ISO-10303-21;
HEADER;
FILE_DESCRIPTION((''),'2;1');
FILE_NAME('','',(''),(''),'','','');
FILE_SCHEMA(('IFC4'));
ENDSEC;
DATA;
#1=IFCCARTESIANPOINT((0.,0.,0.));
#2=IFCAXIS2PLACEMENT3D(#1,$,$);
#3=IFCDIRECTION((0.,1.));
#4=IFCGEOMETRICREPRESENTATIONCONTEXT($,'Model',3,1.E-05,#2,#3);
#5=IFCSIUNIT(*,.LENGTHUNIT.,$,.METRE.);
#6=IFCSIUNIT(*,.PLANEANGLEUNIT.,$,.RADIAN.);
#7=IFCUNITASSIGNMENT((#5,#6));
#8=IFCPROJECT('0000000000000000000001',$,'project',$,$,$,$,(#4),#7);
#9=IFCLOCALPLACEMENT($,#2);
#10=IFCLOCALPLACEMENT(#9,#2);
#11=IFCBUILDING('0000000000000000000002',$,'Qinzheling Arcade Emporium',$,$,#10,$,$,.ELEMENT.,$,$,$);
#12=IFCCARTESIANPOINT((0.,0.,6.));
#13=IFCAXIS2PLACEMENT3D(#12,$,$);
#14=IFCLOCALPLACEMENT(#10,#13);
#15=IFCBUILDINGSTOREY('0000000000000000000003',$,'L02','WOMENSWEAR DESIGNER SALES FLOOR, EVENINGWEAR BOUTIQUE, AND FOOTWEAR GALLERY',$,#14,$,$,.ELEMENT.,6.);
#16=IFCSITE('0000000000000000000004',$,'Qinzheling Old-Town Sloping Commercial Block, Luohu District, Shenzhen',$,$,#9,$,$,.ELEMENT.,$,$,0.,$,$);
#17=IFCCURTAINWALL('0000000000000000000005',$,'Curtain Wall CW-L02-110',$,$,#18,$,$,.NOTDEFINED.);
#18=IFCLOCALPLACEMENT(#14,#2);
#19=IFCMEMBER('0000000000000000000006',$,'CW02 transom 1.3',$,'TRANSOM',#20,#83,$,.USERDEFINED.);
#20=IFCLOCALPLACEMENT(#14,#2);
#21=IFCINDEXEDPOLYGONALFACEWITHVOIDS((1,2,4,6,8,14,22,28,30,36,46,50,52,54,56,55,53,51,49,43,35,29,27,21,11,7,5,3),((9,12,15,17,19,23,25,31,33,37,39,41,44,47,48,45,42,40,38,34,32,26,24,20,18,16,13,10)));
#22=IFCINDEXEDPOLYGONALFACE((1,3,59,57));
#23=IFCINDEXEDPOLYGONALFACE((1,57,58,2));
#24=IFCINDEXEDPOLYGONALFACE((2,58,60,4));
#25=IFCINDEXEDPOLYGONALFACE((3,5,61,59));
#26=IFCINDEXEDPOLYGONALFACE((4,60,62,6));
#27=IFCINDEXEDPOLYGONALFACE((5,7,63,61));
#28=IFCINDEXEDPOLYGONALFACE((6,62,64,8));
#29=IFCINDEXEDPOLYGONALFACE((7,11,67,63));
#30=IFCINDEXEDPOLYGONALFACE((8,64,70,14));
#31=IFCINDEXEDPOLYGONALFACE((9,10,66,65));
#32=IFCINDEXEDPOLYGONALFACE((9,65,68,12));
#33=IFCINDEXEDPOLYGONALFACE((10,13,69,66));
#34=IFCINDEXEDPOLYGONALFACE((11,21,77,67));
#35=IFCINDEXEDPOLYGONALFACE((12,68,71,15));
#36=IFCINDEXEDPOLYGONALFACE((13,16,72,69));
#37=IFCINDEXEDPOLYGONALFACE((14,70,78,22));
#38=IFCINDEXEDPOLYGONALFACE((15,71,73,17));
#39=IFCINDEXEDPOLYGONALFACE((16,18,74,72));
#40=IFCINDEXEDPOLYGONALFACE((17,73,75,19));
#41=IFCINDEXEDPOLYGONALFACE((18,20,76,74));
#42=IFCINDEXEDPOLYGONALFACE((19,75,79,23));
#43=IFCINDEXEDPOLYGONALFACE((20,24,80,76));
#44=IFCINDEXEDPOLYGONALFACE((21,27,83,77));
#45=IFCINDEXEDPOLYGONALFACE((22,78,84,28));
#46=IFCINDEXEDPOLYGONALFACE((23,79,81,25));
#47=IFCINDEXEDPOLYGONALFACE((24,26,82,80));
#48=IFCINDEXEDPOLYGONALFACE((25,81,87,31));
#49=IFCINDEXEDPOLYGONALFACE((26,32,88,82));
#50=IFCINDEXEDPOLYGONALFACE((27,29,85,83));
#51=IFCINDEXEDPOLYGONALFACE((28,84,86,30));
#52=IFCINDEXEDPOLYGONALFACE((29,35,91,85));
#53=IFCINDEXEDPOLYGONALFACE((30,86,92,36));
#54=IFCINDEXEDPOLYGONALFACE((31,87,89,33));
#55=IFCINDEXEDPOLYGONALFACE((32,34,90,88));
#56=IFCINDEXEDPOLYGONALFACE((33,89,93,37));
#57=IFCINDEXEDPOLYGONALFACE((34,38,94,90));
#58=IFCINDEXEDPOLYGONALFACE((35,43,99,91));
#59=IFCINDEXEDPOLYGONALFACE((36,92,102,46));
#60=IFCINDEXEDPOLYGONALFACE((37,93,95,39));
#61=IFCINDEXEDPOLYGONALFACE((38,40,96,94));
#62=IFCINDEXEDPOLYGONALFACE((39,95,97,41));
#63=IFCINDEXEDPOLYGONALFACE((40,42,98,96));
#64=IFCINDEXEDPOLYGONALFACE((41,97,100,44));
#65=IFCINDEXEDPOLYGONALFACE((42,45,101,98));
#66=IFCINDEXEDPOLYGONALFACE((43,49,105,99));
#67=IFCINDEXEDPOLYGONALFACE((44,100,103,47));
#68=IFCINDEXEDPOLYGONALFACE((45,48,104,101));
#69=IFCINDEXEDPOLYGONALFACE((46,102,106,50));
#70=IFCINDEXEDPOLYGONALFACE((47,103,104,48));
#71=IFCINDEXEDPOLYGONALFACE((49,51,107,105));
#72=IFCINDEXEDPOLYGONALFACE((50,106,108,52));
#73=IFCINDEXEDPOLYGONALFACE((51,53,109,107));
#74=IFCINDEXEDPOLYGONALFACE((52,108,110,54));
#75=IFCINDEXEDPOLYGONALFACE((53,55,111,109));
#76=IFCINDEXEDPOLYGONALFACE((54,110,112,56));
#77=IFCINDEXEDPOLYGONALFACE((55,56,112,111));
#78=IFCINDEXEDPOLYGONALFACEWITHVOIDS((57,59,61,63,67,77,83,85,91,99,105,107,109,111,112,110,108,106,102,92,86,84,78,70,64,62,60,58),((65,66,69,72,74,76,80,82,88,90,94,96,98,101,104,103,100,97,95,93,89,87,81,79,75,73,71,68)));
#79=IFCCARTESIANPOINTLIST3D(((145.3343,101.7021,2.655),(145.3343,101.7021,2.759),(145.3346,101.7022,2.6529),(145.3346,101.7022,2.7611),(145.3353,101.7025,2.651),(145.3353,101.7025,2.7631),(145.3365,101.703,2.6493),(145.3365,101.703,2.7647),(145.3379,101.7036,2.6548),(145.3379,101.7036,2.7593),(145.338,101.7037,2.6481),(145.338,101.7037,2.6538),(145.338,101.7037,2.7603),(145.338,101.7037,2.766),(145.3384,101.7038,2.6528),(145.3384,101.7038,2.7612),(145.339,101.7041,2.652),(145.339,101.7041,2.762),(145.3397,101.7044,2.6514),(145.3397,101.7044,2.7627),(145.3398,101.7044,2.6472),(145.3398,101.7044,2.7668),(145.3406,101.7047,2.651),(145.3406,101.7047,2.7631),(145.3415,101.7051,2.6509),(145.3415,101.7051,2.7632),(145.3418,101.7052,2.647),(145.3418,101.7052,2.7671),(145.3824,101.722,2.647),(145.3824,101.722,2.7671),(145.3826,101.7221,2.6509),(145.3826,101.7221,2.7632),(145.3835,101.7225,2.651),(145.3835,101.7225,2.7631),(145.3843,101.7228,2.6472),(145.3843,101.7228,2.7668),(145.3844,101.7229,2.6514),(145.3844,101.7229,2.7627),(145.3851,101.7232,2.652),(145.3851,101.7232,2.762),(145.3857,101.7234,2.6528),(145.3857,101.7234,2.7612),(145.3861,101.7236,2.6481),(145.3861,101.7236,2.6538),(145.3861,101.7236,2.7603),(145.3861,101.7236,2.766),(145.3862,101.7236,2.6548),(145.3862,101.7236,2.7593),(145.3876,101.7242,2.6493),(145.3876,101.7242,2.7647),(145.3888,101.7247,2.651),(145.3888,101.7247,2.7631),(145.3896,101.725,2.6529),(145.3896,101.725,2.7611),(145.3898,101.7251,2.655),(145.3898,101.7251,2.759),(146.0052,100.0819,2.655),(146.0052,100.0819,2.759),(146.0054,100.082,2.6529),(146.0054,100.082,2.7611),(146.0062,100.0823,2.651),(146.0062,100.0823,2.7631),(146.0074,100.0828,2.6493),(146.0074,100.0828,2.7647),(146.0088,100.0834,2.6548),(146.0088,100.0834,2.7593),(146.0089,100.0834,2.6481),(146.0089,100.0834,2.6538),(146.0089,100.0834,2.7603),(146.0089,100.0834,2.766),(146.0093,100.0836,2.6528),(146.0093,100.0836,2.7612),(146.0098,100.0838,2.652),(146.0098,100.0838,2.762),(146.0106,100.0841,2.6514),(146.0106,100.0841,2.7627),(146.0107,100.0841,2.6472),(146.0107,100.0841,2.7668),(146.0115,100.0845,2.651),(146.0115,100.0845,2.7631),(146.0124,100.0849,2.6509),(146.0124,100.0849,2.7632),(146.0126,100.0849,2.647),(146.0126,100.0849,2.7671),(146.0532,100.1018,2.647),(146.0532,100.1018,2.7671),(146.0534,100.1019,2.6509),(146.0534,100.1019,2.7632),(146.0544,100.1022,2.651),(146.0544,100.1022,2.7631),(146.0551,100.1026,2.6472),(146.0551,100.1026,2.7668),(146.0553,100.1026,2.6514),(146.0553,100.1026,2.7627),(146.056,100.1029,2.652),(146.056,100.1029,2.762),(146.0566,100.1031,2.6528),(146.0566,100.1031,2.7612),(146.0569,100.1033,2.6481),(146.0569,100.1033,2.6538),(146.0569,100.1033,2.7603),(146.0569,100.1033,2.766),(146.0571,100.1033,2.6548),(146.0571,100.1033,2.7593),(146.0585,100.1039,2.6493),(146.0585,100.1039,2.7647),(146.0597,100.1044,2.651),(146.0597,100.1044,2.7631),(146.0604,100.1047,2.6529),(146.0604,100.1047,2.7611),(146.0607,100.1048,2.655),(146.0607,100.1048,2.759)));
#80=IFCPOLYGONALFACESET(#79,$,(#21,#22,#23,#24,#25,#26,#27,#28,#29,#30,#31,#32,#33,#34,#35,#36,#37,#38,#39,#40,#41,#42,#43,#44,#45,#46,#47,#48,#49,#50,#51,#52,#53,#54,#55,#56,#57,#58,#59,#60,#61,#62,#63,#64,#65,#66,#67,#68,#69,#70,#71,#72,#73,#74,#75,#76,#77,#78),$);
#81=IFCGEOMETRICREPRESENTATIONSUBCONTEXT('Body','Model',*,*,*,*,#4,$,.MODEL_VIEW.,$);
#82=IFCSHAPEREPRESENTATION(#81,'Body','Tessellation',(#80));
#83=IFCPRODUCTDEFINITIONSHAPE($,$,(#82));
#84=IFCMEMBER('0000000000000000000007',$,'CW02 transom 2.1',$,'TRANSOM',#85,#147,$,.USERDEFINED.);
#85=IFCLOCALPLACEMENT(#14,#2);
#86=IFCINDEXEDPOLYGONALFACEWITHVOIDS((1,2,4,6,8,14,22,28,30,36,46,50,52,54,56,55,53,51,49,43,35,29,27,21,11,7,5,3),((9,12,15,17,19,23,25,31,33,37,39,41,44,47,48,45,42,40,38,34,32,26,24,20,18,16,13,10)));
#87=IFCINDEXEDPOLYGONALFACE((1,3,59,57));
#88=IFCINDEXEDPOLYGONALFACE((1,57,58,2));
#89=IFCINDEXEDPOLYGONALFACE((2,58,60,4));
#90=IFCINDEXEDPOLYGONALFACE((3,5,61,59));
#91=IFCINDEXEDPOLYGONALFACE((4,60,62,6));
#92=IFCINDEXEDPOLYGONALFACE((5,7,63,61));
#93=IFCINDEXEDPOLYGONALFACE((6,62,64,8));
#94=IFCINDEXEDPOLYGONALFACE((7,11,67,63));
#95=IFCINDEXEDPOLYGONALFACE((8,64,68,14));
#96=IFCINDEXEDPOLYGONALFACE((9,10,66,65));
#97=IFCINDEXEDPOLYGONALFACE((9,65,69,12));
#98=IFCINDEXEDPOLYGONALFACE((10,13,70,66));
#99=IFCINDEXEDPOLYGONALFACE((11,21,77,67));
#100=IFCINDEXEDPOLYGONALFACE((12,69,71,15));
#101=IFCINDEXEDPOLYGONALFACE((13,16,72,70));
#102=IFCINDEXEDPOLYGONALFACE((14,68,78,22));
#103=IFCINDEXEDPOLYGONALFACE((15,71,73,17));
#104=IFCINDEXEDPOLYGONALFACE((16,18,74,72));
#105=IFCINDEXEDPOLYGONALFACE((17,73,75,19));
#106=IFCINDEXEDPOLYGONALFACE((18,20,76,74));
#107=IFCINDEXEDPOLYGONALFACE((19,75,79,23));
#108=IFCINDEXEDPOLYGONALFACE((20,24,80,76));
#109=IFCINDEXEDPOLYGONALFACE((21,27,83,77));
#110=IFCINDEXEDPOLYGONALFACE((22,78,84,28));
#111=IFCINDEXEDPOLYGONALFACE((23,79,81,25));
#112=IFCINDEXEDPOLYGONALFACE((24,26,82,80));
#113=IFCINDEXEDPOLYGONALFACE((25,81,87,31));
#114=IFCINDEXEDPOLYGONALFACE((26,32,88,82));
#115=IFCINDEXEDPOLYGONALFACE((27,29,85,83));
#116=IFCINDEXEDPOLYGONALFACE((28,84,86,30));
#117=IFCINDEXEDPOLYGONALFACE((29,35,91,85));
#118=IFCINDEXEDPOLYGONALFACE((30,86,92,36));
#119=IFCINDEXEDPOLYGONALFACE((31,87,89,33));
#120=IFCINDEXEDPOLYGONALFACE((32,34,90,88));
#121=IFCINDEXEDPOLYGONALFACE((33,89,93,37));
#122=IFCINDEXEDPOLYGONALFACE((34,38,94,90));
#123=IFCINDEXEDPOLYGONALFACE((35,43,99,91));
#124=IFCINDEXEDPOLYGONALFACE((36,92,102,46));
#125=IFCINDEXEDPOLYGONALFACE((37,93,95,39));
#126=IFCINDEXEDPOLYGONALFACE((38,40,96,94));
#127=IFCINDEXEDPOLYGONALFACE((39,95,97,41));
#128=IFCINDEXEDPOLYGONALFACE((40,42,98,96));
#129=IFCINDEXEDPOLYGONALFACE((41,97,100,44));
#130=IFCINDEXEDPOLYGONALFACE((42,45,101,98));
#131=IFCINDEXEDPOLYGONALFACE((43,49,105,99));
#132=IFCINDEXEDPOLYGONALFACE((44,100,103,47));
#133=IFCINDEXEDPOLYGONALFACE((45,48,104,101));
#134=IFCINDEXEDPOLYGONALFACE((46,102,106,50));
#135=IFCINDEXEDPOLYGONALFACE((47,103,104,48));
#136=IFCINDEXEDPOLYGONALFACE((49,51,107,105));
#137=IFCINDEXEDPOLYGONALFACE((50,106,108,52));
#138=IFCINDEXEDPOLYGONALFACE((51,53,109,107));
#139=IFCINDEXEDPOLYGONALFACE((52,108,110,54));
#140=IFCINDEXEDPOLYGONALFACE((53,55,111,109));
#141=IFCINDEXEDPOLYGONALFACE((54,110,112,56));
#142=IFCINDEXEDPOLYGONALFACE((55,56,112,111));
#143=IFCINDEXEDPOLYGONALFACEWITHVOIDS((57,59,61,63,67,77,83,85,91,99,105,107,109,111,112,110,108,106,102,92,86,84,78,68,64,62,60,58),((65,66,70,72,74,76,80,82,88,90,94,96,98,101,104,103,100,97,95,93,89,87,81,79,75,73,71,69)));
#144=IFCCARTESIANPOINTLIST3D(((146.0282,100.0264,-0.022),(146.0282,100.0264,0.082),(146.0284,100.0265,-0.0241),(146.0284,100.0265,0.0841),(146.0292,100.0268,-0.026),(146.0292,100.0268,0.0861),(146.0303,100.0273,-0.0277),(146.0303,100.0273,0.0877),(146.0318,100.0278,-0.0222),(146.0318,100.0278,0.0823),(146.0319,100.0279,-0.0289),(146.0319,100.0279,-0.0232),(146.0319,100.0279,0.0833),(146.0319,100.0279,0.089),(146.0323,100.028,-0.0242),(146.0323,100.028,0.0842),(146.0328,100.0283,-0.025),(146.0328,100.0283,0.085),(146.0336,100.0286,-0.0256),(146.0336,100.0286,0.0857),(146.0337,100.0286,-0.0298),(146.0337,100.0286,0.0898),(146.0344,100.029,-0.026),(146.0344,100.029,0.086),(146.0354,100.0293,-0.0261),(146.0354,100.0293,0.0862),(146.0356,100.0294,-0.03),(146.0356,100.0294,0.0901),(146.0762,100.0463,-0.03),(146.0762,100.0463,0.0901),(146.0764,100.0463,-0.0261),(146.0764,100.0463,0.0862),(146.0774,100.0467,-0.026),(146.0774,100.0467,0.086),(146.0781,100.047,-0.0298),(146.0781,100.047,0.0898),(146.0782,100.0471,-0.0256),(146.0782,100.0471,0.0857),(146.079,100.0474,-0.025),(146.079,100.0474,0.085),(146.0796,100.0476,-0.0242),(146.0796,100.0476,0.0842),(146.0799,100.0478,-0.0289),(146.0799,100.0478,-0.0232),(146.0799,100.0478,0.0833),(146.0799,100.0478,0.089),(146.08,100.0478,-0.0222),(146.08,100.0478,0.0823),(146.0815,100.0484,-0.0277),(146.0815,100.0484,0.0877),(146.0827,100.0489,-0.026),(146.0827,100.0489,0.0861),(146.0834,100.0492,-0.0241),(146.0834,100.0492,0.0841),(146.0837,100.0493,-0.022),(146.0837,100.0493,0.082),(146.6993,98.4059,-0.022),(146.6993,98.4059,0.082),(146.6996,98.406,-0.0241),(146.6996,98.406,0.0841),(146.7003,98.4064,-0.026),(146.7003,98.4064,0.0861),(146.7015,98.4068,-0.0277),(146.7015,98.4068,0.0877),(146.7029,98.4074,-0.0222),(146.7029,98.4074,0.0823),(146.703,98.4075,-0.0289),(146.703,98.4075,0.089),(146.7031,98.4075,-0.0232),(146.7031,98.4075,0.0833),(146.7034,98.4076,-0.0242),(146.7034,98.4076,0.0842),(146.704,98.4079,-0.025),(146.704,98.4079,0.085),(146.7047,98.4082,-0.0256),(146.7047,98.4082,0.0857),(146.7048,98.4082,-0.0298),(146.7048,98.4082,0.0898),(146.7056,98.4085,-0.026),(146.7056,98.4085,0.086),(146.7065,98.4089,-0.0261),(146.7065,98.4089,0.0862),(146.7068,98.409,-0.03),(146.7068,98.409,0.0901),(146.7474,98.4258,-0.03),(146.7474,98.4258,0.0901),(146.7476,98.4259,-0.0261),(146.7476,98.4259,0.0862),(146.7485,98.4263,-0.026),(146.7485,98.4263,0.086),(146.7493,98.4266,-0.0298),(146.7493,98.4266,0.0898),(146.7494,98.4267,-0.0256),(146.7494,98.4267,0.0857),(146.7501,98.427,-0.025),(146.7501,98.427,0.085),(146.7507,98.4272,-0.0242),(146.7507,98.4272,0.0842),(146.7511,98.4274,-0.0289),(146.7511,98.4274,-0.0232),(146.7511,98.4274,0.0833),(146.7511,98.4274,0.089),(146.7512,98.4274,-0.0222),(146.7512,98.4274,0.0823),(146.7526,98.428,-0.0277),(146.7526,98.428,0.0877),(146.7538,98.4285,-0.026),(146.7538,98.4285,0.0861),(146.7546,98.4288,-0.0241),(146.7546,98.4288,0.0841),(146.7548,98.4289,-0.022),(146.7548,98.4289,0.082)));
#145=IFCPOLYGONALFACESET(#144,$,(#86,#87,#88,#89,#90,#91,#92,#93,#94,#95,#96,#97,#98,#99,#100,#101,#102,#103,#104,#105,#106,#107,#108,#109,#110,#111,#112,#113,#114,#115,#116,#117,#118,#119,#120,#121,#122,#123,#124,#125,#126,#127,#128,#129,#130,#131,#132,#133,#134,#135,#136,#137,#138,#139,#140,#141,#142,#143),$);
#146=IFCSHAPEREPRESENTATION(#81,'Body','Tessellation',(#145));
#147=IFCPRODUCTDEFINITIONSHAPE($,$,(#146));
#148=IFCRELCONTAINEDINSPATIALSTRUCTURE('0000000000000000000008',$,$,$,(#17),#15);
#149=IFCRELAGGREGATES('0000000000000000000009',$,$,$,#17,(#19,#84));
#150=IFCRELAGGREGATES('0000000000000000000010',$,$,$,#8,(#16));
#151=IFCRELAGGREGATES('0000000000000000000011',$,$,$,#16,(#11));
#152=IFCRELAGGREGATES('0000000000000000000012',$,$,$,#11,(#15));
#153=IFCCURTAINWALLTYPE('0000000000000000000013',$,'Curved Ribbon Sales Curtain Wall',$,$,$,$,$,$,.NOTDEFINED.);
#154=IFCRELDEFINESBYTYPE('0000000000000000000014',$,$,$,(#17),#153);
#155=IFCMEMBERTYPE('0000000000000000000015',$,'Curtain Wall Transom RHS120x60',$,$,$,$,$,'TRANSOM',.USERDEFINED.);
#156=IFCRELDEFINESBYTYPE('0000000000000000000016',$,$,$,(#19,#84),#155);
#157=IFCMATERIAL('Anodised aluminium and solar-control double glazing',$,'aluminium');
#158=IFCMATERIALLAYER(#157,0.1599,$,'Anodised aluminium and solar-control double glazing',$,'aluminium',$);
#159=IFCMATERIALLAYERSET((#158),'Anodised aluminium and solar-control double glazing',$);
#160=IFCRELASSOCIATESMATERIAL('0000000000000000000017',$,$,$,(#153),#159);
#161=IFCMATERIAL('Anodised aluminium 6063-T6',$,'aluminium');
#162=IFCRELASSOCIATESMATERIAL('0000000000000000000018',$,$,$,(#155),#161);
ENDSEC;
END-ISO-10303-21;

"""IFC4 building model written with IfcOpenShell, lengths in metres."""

from ifc_helpers import new_model, si_unit, direction, frame, origin, origin_2d, place, context, subcontext, project, spatial, hollow_rectangle, extrude, material, layer, layer_set, material_profile, profile_set, type_object, element, aggregate, save


model = new_model("IFC4")

# Units and contexts
model_context = context("Model", 3, precision=1e-05, world=origin(), true_north=direction((0.0, 1.0)))
body_context = subcontext(model_context, "Body", "Model", "MODEL_VIEW")
ifc_project = project(units=[si_unit("LENGTHUNIT", "METRE"), si_unit("PLANEANGLEUNIT", "RADIAN")], contexts=[model_context])

# Site, building, storey
site_placement = place(None, origin())
site = spatial("IfcSite", under=ifc_project, at=site_placement, Name="Qinzheling Old-Town Sloping Commercial Block, Luohu District, Shenzhen", CompositionType="ELEMENT", RefElevation=0.0)
building_placement = place(site_placement, origin())
building = spatial("IfcBuilding", under=site, at=building_placement, Name="Qinzheling Arcade Emporium", CompositionType="ELEMENT")
storey_placement = place(building_placement, frame((0.0, 0.0, 6.0)))
storey = spatial("IfcBuildingStorey", under=building, at=storey_placement, Name="L02", Description="WOMENSWEAR DESIGNER SALES FLOOR, EVENINGWEAR BOUTIQUE, AND FOOTWEAR GALLERY", CompositionType="ELEMENT", Elevation=6.0)

# Shared definitions
ifc_material_1 = material(Name="Anodised aluminium and solar-control double glazing", Category="aluminium")
ifc_layer_1 = layer(ifc_material_1, 0.1599, Name="Anodised aluminium and solar-control double glazing", Category="aluminium")
ifc_layer_set_1 = layer_set([ifc_layer_1], Name="Anodised aluminium and solar-control double glazing")
curtain_wall_type = type_object("IfcCurtainWallType", Name="Curved Ribbon Sales Curtain Wall", PredefinedType="NOTDEFINED", material=ifc_layer_set_1)
ifc_material_2 = material(Name="Anodised aluminium 6063-T6", Category="aluminium")

# Curtain wall, members
curtain_wall_1_placement = place(storey_placement, origin())
curtain_wall_1 = element("IfcCurtainWall", 1, at=curtain_wall_1_placement, inside=storey, type_object=curtain_wall_type, Name="Curtain Wall CW-L02-110", PredefinedType="NOTDEFINED")
ifc_material_profile_1 = material_profile(ifc_material_2, hollow_rectangle(XDim=0.0601, YDim=0.1201, WallThickness=0.0039, InnerFilletRadius=0.0039, OuterFilletRadius=0.0081, at=origin_2d()), Name="RHS 120x60x4", Category="aluminium")
ifc_profile_set_1 = profile_set([ifc_material_profile_1], Name="Anodised aluminium 6063-T6")
member_type_1 = type_object("IfcMemberType", Name="Curtain Wall Transom RHS120x60", ElementType="TRANSOM", PredefinedType="USERDEFINED", material=ifc_profile_set_1)
member_1_placement = place(storey_placement, frame((145.3621, 101.7136, 2.707), z_axis=(0.382549, -0.923935, 0.0), x_axis=(0.923935, 0.382549, 0.0)))
member_1 = element("IfcMember", 2, at=member_1_placement, type_object=member_type_1, Name="CW02 transom 1.3", ObjectType="TRANSOM", PredefinedType="USERDEFINED", context=body_context, shape_type="SweptSolid", body=[
    extrude(hollow_rectangle(XDim=0.0601, YDim=0.1201, WallThickness=0.0039, InnerFilletRadius=0.0039, OuterFilletRadius=0.0081, at=origin_2d()), origin(), (0.0, 0.0, 1.0), 1.7537),
])
member_2_placement = place(storey_placement, frame((146.0559, 100.0378, 0.03), z_axis=(0.382667, -0.923886, 0.0), x_axis=(0.923886, 0.382667, 0.0)))
member_2 = element("IfcMember", 3, at=member_2_placement, type_object=member_type_1, Name="CW02 transom 2.1", ObjectType="TRANSOM", PredefinedType="USERDEFINED", context=body_context, shape_type="SweptSolid", body=[
    extrude(hollow_rectangle(XDim=0.0601, YDim=0.1201, WallThickness=0.0039, InnerFilletRadius=0.0039, OuterFilletRadius=0.0081, at=origin_2d()), origin(), (0.0, 0.0, 1.0), 1.7539),
])

aggregate(curtain_wall_1, [member_1, member_2])

save(model, "model.ifc")
